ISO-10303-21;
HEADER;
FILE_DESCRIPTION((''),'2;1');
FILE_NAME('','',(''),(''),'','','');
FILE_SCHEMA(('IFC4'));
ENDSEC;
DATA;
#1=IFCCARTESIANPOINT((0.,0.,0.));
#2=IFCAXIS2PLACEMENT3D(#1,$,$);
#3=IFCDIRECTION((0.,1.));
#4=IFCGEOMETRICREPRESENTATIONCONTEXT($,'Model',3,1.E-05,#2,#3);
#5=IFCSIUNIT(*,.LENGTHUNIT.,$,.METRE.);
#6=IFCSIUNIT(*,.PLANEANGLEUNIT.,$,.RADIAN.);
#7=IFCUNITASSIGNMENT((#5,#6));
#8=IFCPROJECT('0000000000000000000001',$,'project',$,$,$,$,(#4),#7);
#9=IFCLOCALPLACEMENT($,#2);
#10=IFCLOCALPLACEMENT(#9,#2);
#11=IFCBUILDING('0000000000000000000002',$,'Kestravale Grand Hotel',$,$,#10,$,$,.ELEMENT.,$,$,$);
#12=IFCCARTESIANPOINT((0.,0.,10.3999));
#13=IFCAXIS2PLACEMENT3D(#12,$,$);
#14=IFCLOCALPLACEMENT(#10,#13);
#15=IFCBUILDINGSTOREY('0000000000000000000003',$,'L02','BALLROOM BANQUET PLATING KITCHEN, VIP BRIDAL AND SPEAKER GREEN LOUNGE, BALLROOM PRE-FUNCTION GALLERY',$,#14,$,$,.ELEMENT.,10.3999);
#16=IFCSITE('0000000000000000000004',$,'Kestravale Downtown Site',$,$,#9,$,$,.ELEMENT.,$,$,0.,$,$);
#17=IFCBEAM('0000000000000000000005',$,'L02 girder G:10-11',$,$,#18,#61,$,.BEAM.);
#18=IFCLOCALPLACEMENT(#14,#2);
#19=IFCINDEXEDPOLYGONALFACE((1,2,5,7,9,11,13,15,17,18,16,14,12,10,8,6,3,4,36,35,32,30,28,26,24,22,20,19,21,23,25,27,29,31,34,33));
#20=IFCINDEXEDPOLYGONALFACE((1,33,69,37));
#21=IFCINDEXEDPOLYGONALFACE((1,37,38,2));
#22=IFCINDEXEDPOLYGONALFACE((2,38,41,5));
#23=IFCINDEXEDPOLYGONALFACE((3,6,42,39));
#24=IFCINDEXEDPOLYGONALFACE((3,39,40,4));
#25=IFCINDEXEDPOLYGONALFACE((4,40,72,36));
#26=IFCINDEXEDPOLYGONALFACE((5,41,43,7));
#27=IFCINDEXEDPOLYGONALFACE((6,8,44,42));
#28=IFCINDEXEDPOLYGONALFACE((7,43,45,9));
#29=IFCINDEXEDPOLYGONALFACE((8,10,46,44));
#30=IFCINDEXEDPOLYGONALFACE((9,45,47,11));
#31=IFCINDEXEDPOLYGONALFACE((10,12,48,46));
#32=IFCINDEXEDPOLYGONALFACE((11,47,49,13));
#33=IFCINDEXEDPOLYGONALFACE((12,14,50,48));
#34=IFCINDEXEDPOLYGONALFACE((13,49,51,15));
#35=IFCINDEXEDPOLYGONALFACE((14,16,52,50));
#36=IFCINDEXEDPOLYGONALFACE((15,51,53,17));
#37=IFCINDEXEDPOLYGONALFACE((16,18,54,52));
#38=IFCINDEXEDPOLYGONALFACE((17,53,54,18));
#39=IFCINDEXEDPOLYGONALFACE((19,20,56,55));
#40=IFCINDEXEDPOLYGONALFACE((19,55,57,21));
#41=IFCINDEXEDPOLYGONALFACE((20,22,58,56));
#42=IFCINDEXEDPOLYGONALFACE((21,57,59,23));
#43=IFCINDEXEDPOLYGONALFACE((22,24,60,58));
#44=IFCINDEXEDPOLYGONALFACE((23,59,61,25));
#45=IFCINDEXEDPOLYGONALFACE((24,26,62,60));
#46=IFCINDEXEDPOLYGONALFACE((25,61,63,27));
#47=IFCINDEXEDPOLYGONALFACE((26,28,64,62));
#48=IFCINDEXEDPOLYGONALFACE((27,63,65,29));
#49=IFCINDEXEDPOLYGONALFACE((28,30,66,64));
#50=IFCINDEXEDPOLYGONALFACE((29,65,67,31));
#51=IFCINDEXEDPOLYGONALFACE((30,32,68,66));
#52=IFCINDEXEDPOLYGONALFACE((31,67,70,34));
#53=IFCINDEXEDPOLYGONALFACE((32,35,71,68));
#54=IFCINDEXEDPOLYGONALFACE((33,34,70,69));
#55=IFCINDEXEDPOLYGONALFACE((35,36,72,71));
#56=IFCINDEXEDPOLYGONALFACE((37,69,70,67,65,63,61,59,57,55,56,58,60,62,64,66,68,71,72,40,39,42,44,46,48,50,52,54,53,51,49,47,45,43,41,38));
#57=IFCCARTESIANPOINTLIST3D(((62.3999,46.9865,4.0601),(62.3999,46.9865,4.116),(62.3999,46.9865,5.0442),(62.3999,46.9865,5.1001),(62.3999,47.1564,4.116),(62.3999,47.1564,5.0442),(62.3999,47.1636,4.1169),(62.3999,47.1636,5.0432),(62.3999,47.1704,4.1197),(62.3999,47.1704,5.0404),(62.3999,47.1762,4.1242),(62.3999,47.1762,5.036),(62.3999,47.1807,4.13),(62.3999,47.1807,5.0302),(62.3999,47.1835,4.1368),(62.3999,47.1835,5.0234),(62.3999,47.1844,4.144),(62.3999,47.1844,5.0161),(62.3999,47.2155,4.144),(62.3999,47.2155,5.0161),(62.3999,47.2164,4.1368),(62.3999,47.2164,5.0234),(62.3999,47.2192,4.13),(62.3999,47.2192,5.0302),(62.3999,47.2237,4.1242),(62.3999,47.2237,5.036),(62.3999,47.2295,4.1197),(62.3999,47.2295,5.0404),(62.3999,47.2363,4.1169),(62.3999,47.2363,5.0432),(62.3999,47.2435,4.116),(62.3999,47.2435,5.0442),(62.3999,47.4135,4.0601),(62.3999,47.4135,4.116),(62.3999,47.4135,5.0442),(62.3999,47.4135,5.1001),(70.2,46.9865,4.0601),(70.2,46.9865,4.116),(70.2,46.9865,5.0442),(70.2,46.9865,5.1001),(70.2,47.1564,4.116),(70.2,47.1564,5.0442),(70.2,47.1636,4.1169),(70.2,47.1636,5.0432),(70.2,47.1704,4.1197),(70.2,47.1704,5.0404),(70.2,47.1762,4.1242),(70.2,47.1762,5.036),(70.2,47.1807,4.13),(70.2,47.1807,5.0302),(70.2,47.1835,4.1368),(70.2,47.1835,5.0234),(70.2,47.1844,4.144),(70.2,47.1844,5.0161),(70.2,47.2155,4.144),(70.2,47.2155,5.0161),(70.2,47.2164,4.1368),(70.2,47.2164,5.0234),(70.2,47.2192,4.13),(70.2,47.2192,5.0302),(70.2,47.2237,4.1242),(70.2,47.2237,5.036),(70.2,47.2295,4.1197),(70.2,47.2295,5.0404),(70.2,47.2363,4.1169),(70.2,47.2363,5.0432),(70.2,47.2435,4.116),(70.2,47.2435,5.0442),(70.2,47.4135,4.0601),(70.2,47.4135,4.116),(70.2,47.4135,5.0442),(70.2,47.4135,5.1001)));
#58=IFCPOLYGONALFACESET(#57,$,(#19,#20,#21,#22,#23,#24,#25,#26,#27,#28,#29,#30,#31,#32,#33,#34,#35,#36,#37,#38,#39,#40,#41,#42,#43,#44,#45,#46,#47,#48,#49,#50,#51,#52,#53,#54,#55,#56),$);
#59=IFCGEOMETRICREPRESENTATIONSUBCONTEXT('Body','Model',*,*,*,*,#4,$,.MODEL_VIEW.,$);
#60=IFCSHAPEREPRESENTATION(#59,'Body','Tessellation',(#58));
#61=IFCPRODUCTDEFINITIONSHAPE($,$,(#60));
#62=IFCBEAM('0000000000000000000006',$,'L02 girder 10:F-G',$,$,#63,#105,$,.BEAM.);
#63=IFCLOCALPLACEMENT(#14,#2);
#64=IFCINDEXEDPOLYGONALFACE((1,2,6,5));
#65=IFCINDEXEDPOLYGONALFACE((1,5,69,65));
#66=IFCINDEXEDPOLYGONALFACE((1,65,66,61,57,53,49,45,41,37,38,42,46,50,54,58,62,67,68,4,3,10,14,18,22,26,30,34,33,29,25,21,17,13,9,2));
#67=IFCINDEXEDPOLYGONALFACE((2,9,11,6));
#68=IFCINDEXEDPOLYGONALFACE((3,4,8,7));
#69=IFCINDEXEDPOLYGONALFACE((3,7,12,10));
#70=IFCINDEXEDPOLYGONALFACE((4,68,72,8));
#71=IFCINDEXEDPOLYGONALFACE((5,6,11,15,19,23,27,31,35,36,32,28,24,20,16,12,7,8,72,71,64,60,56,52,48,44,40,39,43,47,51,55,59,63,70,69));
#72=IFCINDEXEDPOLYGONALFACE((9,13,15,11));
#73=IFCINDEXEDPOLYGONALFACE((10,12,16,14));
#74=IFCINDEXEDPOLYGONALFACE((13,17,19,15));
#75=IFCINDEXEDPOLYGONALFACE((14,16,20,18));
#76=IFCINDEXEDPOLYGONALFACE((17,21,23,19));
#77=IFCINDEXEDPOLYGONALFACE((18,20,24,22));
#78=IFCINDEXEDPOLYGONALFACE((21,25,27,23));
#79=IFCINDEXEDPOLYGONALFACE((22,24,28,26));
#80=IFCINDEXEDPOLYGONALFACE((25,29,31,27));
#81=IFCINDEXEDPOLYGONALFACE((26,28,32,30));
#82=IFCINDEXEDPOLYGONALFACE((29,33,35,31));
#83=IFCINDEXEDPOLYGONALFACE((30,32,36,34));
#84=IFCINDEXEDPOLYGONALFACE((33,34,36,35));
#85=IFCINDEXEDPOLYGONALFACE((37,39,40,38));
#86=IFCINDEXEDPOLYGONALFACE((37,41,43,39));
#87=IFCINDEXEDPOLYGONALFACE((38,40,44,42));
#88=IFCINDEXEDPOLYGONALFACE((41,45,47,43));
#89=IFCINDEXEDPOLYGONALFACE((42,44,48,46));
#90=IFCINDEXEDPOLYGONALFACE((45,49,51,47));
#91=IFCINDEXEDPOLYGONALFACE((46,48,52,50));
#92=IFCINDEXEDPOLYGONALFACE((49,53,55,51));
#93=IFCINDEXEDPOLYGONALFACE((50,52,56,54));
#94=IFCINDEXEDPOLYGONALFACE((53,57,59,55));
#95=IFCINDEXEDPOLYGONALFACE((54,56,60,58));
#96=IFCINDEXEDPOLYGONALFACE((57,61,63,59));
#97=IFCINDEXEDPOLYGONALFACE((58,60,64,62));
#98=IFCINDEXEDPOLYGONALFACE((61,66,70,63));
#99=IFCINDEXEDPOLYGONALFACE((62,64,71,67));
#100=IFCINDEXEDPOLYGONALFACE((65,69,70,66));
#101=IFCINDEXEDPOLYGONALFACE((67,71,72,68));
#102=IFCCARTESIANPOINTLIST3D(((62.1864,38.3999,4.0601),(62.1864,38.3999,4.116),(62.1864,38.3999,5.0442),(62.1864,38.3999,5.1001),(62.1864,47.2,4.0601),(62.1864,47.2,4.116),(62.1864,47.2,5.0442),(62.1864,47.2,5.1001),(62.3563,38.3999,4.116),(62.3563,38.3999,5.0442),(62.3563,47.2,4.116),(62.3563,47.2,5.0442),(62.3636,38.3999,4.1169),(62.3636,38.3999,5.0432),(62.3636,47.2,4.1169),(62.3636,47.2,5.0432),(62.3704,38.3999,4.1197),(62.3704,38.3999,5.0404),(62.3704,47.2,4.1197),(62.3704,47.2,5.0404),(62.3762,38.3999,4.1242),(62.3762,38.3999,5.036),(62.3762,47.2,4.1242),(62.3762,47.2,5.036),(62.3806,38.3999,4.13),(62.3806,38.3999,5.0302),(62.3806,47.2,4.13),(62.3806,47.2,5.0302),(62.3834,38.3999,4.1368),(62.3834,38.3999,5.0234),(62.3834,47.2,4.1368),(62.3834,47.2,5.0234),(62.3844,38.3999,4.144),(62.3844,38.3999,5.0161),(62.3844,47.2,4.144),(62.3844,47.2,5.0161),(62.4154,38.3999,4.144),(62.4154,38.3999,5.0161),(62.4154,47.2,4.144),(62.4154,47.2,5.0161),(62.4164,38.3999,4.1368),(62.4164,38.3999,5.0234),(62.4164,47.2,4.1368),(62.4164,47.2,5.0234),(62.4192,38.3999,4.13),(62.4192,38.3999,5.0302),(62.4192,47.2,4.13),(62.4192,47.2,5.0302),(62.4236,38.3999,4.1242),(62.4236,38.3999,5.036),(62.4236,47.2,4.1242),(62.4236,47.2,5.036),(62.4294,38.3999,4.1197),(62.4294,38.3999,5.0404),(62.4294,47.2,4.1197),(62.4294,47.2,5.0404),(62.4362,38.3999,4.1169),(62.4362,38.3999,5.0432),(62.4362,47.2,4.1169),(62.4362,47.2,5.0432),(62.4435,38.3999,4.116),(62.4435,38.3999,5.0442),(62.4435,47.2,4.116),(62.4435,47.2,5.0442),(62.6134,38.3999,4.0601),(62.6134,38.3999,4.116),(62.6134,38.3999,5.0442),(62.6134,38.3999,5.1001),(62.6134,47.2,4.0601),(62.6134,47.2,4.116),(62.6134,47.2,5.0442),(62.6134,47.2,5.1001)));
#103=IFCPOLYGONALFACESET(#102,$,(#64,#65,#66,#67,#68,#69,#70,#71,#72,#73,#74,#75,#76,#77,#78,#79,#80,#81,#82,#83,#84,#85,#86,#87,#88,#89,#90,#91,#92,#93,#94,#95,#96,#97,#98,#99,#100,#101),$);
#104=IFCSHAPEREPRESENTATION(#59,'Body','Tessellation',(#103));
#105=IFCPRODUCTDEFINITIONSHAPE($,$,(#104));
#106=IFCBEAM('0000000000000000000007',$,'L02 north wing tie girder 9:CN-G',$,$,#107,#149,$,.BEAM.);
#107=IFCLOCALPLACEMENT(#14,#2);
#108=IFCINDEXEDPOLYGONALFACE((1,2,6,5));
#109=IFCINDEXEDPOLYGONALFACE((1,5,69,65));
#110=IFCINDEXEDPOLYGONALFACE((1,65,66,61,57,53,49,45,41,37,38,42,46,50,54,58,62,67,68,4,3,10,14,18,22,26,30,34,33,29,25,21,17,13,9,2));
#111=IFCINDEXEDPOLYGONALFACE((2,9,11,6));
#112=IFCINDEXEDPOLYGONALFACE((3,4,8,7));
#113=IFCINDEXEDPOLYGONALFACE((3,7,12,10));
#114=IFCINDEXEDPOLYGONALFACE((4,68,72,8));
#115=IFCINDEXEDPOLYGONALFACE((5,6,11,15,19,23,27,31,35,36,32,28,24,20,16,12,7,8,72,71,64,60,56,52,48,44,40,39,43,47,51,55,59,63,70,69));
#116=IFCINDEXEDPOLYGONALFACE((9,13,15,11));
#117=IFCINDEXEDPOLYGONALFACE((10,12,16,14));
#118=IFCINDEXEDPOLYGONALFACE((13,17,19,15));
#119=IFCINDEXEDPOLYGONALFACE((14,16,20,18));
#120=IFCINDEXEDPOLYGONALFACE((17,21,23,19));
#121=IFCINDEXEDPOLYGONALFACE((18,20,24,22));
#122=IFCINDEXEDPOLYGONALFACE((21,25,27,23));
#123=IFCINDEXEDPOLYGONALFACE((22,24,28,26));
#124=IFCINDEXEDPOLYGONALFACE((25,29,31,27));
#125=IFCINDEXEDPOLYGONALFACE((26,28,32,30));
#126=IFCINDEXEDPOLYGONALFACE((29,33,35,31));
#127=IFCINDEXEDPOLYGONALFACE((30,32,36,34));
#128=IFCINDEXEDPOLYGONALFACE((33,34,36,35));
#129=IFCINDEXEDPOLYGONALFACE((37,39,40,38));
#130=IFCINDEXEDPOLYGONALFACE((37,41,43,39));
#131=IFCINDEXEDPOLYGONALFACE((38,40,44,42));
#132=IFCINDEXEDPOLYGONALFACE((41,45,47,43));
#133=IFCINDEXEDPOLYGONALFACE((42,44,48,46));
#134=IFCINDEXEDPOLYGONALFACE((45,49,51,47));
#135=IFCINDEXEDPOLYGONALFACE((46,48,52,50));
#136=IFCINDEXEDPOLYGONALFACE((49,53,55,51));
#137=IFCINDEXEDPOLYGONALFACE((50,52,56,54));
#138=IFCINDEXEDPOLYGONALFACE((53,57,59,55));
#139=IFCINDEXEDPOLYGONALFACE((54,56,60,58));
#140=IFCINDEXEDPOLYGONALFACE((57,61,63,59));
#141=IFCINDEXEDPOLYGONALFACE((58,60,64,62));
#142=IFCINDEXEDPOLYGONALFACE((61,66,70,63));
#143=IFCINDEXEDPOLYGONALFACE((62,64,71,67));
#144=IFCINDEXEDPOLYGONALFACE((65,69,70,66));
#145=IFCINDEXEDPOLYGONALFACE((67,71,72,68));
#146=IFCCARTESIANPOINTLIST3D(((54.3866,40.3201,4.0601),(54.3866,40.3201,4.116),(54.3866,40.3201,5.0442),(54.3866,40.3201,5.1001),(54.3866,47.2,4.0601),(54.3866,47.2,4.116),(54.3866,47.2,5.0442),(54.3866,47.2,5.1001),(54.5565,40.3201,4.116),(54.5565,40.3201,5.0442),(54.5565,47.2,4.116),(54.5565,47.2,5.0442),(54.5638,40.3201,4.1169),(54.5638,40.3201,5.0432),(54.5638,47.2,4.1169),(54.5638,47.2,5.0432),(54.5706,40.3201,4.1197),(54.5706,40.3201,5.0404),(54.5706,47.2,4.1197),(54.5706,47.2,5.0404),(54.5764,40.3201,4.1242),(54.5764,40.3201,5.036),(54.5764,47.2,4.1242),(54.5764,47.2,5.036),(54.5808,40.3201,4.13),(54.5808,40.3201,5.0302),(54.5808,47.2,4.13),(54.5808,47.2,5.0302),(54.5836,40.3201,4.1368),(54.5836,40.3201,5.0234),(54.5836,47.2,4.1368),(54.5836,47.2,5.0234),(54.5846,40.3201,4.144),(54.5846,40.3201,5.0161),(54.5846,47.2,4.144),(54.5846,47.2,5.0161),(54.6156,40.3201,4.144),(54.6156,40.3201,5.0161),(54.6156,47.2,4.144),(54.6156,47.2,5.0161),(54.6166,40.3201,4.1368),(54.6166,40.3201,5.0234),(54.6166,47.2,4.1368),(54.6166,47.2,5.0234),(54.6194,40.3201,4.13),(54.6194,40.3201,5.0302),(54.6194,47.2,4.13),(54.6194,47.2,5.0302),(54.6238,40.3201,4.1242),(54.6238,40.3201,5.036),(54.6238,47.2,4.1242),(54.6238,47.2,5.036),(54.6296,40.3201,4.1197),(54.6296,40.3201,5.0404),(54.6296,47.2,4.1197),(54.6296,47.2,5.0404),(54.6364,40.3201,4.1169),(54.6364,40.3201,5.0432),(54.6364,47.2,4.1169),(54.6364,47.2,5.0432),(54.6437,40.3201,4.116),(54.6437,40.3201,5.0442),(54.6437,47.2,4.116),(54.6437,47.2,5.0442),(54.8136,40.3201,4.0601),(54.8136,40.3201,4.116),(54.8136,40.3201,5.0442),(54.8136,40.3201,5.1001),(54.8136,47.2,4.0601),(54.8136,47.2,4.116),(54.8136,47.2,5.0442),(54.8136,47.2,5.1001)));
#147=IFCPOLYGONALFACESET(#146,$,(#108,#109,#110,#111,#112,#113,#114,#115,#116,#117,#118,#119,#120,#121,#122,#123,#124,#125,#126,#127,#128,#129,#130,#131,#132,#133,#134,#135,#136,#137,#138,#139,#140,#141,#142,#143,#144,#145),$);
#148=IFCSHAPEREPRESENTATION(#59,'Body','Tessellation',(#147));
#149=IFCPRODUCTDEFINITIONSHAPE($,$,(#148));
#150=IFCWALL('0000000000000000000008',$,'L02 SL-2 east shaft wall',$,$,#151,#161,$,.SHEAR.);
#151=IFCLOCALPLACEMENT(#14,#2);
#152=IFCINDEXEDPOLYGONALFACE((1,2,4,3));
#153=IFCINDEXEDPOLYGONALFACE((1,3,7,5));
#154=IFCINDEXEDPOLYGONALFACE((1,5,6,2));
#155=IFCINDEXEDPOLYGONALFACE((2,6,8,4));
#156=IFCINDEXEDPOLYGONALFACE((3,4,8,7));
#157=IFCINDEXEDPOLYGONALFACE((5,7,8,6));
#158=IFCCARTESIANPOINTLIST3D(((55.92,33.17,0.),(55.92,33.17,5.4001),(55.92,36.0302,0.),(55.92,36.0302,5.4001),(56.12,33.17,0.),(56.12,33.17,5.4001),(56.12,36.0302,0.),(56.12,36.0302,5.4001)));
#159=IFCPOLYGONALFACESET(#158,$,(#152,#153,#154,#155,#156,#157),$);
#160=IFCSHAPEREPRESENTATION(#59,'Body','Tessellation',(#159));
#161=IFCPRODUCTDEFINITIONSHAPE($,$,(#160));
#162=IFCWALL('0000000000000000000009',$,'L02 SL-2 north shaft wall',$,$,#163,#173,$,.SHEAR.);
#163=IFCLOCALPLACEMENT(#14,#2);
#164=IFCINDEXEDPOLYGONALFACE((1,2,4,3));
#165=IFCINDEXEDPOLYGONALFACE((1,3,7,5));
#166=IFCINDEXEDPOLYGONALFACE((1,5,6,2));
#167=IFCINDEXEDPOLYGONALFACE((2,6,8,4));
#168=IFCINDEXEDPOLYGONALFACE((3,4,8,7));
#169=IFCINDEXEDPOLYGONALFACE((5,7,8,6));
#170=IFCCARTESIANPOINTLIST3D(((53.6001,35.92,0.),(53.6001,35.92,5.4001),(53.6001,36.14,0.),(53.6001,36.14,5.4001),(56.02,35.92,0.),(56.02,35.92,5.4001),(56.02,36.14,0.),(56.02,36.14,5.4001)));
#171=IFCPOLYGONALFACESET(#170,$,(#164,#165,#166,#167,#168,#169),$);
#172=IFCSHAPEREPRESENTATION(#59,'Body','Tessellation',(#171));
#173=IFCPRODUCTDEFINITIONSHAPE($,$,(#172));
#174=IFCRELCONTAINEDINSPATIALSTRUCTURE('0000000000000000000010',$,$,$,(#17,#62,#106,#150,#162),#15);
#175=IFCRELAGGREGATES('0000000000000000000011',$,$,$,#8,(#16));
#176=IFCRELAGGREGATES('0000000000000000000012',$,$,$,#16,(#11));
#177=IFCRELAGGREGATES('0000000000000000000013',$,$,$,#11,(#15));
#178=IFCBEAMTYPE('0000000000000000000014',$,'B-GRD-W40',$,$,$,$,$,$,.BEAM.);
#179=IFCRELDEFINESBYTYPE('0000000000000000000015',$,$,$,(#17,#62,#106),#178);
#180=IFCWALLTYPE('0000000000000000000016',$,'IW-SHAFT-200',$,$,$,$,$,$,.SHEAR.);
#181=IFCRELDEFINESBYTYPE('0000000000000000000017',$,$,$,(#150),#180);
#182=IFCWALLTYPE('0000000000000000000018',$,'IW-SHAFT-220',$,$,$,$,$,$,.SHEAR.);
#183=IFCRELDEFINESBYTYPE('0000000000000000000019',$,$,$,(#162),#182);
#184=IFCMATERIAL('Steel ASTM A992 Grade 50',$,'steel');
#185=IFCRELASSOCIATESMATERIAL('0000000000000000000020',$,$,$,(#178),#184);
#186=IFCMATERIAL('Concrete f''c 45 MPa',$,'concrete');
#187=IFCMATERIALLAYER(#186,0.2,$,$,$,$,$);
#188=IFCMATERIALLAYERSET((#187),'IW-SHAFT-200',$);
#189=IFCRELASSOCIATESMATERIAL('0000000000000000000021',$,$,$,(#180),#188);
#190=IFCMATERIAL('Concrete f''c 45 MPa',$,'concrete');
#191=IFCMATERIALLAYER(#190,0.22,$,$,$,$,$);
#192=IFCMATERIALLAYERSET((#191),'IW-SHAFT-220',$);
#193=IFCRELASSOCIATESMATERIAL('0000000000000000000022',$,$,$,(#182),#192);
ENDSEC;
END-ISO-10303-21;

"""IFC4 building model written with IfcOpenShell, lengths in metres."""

from ifc_helpers import new_model, si_unit, direction, frame, frame_2d, origin, origin_2d, place, context, subcontext, project, spatial, rectangle, i_section, extrude, material, layer, layer_set, material_profile, profile_set, type_object, element, save


model = new_model("IFC4")

# Units and contexts
model_context = context("Model", 3, precision=1e-05, world=origin(), true_north=direction((0.0, 1.0)))
body_context = subcontext(model_context, "Body", "Model", "MODEL_VIEW")
ifc_project = project(units=[si_unit("LENGTHUNIT", "METRE"), si_unit("PLANEANGLEUNIT", "RADIAN")], contexts=[model_context])

# Site, building, storey
site_placement = place(None, origin())
site = spatial("IfcSite", under=ifc_project, at=site_placement, Name="Kestravale Downtown Site", CompositionType="ELEMENT", RefElevation=0.0)
building_placement = place(site_placement, origin())
building = spatial("IfcBuilding", under=site, at=building_placement, Name="Kestravale Grand Hotel", CompositionType="ELEMENT")
storey_placement = place(building_placement, frame((0.0, 0.0, 10.3999)))
storey = spatial("IfcBuildingStorey", under=building, at=storey_placement, Name="L02", Description="BALLROOM BANQUET PLATING KITCHEN, VIP BRIDAL AND SPEAKER GREEN LOUNGE, BALLROOM PRE-FUNCTION GALLERY", CompositionType="ELEMENT", Elevation=10.3999)

# Beams
ifc_material_1 = material(Name="Steel ASTM A992 Grade 50", Category="steel")
ifc_material_profile_1 = material_profile(ifc_material_1, i_section(OverallWidth=0.427, OverallDepth=1.04, WebThickness=0.031, FlangeThickness=0.0559, FilletRadius=0.0281, at=origin_2d()))
ifc_profile_set_1 = profile_set([ifc_material_profile_1], Name="Steel ASTM A992 Grade 50")
beam_type_1 = type_object("IfcBeamType", Name="B-GRD-W40", PredefinedType="BEAM", material=ifc_profile_set_1)
beam_1_placement = place(storey_placement, frame((62.3999, 47.2, 4.5801), z_axis=(1.0, 0.0, 0.0), x_axis=(0.0, 1.0, 0.0)))
element("IfcBeam", 1, at=beam_1_placement, inside=storey, type_object=beam_type_1, Name="L02 girder G:10-11", PredefinedType="BEAM", context=body_context, shape_type="SweptSolid", body=[
    extrude(i_section(OverallWidth=0.427, OverallDepth=1.04, WebThickness=0.031, FlangeThickness=0.0559, FilletRadius=0.0281, at=origin_2d()), origin(), (0.0, 0.0, 1.0), 7.8),
])
beam_2_placement = place(storey_placement, frame((62.3999, 38.3999, 4.5801), z_axis=(0.0, 1.0, 0.0), x_axis=(-1.0, 0.0, 0.0)))
element("IfcBeam", 2, at=beam_2_placement, inside=storey, type_object=beam_type_1, Name="L02 girder 10:F-G", PredefinedType="BEAM", context=body_context, shape_type="SweptSolid", body=[
    extrude(i_section(OverallWidth=0.427, OverallDepth=1.04, WebThickness=0.031, FlangeThickness=0.0559, FilletRadius=0.0281, at=origin_2d()), origin(), (0.0, 0.0, 1.0), 8.8),
])
beam_3_placement = place(storey_placement, frame((54.6001, 40.3201, 4.5801), z_axis=(0.0, 1.0, 0.0), x_axis=(-1.0, 0.0, 0.0)))
element("IfcBeam", 3, at=beam_3_placement, inside=storey, type_object=beam_type_1, Name="L02 north wing tie girder 9:CN-G", PredefinedType="BEAM", context=body_context, shape_type="SweptSolid", body=[
    extrude(i_section(OverallWidth=0.427, OverallDepth=1.04, WebThickness=0.031, FlangeThickness=0.0559, FilletRadius=0.0281, at=origin_2d()), origin(), (0.0, 0.0, 1.0), 6.8799),
])

# Walls
ifc_material_2 = material(Name="Concrete f'c 45 MPa", Category="concrete")
ifc_layer_1 = layer(ifc_material_2, 0.2)
ifc_layer_set_1 = layer_set([ifc_layer_1], Name="IW-SHAFT-200")
wall_type_1 = type_object("IfcWallType", Name="IW-SHAFT-200", PredefinedType="SHEAR", material=ifc_layer_set_1)
wall_1_placement = place(storey_placement, frame((56.02, 33.1699, 0.0), z_axis=(0.0, 0.0, 1.0), x_axis=(0.0, 1.0, 0.0)))
element("IfcWall", 4, at=wall_1_placement, inside=storey, type_object=wall_type_1, Name="L02 SL-2 east shaft wall", PredefinedType="SHEAR", context=body_context, shape_type="SweptSolid", body=[
    extrude(rectangle(XDim=2.8601, YDim=0.2, at=frame_2d((1.4302, 0.0))), origin(), (0.0, 0.0, 1.0), 5.4001),
])
ifc_material_3 = material(Name="Concrete f'c 45 MPa", Category="concrete")
ifc_layer_2 = layer(ifc_material_3, 0.22)
ifc_layer_set_2 = layer_set([ifc_layer_2], Name="IW-SHAFT-220")
wall_type_2 = type_object("IfcWallType", Name="IW-SHAFT-220", PredefinedType="SHEAR", material=ifc_layer_set_2)
wall_2_placement = place(storey_placement, frame((53.6001, 36.03, 0.0), z_axis=(0.0, 0.0, 1.0), x_axis=(1.0, 0.0, 0.0)))
element("IfcWall", 5, at=wall_2_placement, inside=storey, type_object=wall_type_2, Name="L02 SL-2 north shaft wall", PredefinedType="SHEAR", context=body_context, shape_type="SweptSolid", body=[
    extrude(rectangle(XDim=2.4199, YDim=0.22, at=frame_2d((1.21, 0.0))), origin(), (0.0, 0.0, 1.0), 5.4001),
])

save(model, "model.ifc")
